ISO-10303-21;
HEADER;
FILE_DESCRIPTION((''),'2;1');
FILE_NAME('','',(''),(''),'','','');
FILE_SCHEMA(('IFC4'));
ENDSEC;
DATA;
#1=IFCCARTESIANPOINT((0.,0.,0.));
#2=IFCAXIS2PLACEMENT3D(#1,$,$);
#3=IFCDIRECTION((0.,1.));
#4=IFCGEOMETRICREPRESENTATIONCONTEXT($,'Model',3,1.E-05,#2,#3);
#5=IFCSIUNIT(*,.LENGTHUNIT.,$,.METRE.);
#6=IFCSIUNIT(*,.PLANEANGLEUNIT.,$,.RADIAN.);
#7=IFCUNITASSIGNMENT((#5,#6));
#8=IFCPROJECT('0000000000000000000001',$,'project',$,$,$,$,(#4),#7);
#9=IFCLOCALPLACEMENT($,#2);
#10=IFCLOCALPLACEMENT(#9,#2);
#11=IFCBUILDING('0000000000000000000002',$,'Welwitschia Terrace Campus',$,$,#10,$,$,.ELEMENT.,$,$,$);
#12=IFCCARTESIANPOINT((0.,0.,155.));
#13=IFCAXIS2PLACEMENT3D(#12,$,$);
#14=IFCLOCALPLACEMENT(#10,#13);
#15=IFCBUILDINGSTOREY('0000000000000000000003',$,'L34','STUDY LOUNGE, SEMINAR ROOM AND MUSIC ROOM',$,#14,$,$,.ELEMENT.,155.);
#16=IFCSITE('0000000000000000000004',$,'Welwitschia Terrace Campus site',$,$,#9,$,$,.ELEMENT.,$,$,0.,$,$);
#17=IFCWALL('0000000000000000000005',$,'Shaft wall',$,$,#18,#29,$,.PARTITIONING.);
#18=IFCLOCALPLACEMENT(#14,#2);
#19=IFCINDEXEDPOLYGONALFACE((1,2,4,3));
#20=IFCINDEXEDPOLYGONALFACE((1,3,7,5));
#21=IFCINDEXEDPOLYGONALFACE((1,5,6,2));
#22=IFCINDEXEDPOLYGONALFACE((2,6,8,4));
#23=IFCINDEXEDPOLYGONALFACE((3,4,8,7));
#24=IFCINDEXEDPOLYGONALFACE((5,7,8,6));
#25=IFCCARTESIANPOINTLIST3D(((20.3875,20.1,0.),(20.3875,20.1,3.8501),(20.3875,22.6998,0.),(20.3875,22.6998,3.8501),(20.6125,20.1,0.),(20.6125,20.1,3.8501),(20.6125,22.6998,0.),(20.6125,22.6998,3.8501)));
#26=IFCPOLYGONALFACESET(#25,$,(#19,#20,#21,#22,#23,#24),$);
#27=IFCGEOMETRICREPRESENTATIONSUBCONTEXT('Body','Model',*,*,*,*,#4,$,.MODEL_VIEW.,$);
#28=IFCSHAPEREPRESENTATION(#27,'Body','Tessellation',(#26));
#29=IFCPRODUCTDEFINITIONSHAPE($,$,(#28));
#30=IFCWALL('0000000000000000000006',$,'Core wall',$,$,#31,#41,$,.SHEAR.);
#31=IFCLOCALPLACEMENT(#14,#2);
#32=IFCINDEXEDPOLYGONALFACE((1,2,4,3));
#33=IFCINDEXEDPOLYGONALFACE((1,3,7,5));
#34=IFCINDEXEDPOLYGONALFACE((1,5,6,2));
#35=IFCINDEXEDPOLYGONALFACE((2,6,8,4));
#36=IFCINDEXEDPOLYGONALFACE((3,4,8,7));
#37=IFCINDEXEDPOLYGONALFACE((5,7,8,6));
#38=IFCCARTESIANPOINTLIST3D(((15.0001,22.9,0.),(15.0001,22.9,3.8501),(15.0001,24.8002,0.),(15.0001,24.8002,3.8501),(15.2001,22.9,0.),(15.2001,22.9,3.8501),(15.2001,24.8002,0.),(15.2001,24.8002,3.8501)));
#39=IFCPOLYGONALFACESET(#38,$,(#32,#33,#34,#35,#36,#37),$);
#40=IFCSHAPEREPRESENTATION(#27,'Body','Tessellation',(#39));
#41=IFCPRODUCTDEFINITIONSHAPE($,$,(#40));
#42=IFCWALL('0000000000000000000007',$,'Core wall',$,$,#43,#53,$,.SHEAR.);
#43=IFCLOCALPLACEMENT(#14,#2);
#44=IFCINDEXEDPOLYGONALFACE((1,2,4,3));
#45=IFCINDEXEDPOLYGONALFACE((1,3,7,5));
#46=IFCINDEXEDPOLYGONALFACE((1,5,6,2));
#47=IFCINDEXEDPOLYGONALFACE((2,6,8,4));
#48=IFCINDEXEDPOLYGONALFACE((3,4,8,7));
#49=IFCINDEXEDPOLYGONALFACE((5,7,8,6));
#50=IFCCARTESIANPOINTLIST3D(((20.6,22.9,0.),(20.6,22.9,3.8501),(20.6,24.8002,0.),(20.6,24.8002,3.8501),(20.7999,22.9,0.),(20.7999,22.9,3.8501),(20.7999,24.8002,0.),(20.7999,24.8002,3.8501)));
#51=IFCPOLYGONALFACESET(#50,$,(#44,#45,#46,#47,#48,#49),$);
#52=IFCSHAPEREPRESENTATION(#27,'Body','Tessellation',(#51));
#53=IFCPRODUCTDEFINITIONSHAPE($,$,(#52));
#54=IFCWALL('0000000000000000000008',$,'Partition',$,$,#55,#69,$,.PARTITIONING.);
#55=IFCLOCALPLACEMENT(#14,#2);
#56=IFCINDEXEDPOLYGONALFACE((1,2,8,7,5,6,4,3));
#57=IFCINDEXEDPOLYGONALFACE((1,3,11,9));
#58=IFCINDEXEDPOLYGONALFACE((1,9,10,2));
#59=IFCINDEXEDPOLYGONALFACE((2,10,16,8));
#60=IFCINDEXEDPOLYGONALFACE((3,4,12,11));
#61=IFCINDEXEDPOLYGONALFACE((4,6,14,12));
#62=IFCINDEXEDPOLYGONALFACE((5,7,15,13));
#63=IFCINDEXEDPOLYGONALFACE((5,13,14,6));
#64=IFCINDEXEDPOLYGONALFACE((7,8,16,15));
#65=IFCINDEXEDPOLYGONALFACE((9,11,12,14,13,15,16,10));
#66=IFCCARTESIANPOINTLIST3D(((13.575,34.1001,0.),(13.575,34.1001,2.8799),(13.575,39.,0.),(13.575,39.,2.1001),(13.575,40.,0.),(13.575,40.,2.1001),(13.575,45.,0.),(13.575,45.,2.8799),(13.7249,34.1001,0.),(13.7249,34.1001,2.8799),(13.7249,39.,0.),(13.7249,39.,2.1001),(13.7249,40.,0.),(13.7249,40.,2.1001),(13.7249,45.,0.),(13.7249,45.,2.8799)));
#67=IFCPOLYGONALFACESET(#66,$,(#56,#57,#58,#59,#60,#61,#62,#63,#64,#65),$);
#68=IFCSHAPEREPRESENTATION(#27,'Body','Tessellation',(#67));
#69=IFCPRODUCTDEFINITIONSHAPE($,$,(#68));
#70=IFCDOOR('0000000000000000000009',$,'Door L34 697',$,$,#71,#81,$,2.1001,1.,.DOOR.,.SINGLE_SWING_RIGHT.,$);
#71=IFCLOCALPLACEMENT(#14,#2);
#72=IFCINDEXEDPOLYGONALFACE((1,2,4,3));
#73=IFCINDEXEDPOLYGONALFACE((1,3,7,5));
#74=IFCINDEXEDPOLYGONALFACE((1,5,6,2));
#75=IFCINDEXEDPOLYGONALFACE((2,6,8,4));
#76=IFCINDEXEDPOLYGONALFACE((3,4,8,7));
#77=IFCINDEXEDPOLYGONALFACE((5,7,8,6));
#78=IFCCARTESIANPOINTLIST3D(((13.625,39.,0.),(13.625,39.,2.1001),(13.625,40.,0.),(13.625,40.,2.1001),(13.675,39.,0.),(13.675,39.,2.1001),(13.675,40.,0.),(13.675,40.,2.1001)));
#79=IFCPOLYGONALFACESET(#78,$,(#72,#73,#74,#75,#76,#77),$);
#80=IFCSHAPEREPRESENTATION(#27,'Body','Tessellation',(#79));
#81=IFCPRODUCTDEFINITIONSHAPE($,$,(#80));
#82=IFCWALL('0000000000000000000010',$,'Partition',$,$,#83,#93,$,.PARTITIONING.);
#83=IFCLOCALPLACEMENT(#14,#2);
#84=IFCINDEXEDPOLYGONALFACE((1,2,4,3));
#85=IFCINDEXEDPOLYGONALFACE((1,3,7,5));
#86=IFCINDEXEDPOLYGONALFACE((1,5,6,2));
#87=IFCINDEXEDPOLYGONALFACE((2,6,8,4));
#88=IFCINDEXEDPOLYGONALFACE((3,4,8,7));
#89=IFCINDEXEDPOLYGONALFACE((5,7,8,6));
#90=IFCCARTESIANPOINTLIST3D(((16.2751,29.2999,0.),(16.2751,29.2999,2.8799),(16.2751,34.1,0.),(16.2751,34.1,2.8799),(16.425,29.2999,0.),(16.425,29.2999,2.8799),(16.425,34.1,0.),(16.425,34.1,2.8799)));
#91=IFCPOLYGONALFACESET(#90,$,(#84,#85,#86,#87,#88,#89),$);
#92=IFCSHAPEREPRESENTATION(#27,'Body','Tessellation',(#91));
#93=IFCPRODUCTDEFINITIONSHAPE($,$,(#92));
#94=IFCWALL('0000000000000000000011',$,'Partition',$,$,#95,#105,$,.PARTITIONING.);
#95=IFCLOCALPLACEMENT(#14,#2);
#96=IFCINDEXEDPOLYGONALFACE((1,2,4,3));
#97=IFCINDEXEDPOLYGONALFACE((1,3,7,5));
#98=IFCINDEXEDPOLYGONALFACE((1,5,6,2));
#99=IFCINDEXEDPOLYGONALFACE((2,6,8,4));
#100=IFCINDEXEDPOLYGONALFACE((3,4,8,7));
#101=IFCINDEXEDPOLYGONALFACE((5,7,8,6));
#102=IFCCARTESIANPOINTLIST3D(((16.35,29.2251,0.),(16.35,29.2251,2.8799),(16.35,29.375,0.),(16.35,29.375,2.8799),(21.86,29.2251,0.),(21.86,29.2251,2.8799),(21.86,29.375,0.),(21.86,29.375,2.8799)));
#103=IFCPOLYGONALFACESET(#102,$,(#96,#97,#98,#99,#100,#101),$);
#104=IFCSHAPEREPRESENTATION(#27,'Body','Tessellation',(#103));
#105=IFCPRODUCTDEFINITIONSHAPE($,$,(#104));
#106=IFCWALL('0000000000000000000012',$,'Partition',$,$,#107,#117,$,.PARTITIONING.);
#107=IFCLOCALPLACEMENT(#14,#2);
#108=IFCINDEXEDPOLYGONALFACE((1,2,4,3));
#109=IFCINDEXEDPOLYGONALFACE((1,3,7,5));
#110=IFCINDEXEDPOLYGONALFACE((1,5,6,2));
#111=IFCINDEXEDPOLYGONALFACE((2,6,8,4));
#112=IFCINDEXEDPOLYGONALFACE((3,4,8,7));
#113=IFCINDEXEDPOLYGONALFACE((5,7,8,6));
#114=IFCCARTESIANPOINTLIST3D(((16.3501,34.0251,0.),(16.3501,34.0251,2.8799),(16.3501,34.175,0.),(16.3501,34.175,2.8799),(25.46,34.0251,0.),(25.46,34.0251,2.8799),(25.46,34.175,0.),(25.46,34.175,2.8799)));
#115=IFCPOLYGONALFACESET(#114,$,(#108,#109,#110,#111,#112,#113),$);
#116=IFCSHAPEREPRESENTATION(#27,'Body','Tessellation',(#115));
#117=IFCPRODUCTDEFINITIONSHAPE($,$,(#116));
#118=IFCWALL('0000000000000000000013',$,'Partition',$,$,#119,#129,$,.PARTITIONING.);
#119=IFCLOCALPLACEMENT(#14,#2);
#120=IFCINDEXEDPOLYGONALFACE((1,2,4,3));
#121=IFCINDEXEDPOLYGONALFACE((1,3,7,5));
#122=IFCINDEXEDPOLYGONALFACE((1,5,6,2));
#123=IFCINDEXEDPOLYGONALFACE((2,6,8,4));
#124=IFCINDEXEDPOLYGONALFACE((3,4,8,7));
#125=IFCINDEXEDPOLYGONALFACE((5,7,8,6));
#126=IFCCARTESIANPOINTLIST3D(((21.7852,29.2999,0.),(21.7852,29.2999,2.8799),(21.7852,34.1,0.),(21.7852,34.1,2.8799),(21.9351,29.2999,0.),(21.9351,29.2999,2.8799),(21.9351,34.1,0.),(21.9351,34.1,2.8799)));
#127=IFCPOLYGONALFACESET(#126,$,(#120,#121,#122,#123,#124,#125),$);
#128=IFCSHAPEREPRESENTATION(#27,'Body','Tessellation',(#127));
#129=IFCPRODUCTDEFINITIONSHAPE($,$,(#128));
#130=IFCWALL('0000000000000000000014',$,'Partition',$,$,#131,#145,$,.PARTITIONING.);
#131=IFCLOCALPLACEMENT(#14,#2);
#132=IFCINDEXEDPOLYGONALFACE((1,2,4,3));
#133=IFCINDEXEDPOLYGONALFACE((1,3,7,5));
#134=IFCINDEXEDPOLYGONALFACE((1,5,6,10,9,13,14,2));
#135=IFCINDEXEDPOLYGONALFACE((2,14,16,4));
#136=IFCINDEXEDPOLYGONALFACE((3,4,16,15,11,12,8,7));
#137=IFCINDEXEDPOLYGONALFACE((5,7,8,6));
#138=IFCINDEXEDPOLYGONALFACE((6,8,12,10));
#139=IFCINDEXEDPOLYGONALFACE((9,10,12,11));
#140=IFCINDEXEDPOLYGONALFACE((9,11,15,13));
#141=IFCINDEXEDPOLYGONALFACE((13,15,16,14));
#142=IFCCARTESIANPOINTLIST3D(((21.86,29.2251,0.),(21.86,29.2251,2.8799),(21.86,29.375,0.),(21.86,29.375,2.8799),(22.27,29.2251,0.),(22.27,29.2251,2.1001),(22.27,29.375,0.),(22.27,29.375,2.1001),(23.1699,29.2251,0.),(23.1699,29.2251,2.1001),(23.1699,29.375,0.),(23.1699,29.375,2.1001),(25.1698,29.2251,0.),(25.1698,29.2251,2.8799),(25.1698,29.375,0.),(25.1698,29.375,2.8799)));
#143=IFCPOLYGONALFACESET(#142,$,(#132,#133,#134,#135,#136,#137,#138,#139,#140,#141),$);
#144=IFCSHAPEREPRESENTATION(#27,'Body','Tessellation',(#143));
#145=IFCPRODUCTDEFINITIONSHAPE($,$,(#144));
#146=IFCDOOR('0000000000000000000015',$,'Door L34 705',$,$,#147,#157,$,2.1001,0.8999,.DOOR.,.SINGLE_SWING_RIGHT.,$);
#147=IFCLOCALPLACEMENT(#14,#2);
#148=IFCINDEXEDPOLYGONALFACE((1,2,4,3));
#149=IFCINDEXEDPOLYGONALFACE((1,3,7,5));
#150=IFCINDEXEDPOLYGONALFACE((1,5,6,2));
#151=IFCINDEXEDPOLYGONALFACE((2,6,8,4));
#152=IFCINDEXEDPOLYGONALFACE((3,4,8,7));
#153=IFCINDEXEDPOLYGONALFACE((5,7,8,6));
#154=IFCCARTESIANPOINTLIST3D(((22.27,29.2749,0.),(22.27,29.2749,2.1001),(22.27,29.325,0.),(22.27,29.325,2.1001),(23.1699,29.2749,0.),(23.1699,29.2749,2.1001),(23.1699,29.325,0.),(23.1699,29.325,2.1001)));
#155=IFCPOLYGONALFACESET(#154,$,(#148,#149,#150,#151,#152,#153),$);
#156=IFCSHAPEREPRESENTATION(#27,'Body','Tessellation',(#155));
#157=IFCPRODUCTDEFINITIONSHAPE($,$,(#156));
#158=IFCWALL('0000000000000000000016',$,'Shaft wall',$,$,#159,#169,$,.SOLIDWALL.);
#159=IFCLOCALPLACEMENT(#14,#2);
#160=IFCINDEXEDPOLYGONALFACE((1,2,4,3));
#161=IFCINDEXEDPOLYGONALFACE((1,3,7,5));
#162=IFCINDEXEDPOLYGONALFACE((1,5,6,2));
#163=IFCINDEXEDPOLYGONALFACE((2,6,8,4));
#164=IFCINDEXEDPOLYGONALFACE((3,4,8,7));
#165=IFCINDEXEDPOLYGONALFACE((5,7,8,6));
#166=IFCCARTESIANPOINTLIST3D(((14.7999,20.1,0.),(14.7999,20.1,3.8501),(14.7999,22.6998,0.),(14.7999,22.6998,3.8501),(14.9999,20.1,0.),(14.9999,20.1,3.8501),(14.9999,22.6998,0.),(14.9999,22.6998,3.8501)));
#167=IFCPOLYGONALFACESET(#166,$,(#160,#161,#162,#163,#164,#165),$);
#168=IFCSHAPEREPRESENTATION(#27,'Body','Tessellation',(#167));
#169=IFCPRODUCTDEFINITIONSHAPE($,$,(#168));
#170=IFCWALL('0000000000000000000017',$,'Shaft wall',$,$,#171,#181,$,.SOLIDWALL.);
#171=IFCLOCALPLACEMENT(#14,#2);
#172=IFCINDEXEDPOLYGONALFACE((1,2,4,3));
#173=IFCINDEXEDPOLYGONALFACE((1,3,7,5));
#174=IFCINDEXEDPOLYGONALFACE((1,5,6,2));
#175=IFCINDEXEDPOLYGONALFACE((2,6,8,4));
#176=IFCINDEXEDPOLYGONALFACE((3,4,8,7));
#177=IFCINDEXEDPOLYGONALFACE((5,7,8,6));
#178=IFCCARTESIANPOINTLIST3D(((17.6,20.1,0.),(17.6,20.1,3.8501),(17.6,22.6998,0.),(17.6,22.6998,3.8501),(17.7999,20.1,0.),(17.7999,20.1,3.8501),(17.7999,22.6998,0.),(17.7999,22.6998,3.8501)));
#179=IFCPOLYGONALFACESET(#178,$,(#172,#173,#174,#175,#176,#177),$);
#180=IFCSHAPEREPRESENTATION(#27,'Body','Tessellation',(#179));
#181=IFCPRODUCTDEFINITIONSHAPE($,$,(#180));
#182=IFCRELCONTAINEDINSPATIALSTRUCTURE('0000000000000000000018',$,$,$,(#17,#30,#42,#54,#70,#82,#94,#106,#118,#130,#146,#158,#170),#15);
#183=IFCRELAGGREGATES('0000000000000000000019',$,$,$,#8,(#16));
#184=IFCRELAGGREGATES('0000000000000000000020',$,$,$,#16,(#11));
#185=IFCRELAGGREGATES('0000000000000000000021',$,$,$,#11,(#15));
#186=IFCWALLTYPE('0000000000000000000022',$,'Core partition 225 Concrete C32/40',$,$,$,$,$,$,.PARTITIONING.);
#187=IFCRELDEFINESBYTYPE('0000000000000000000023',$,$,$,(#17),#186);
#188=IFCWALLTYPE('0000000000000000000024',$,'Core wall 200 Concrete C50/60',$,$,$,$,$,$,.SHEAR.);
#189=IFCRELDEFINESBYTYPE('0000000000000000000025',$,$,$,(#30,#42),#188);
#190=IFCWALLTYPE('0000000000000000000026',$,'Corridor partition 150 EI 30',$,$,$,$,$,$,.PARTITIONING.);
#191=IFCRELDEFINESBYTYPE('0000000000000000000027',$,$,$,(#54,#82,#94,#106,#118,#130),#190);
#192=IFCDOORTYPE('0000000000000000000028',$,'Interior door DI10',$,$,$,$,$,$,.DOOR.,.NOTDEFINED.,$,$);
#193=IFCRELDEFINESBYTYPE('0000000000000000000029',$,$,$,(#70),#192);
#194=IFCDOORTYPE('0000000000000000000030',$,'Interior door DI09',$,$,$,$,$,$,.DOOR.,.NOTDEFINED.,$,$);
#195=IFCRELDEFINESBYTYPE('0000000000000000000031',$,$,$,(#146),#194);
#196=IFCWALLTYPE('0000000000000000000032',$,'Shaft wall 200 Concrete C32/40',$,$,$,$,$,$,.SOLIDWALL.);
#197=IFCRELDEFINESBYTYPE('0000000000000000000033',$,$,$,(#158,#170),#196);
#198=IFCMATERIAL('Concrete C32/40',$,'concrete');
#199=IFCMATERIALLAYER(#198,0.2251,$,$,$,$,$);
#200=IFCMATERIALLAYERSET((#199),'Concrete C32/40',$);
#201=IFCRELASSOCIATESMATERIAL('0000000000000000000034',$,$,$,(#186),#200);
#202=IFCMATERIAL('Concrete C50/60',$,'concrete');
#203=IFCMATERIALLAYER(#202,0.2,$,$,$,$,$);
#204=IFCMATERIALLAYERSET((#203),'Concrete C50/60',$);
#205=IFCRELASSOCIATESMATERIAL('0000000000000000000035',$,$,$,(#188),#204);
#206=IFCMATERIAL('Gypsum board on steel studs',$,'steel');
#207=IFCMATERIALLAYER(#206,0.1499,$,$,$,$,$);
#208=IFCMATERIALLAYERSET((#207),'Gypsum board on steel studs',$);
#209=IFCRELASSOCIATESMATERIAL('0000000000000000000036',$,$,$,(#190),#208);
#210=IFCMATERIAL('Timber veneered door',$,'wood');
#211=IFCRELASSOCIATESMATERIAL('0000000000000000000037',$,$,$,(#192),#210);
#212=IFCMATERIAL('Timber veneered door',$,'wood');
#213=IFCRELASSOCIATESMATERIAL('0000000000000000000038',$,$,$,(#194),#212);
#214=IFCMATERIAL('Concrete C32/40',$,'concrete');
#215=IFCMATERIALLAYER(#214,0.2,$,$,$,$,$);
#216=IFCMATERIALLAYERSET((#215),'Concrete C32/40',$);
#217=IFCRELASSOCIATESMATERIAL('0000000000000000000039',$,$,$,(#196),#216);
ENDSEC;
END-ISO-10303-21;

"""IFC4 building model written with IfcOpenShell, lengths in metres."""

from ifc_helpers import new_model, si_unit, direction, frame, frame_2d, origin, place, context, subcontext, project, spatial, rectangle, extrude, material, layer, layer_set, type_object, element, fill, save


model = new_model("IFC4")

# Units and contexts
model_context = context("Model", 3, precision=1e-05, world=origin(), true_north=direction((0.0, 1.0)))
body_context = subcontext(model_context, "Body", "Model", "MODEL_VIEW")
ifc_project = project(units=[si_unit("LENGTHUNIT", "METRE"), si_unit("PLANEANGLEUNIT", "RADIAN")], contexts=[model_context])

# Site, building, storey
site_placement = place(None, origin())
site = spatial("IfcSite", under=ifc_project, at=site_placement, Name="Welwitschia Terrace Campus site", CompositionType="ELEMENT", RefElevation=0.0)
building_placement = place(site_placement, origin())
building = spatial("IfcBuilding", under=site, at=building_placement, Name="Welwitschia Terrace Campus", CompositionType="ELEMENT")
storey_placement = place(building_placement, frame((0.0, 0.0, 155.0)))
storey = spatial("IfcBuildingStorey", under=building, at=storey_placement, Name="L34", Description="STUDY LOUNGE, SEMINAR ROOM AND MUSIC ROOM", CompositionType="ELEMENT", Elevation=155.0)

# Shared definitions
ifc_material_1 = material(Name="Concrete C32/40", Category="concrete")
ifc_layer_1 = layer(ifc_material_1, 0.2251)
ifc_layer_set_1 = layer_set([ifc_layer_1], Name="Concrete C32/40")
wall_type_1 = type_object("IfcWallType", Name="Core partition 225 Concrete C32/40", PredefinedType="PARTITIONING", material=ifc_layer_set_1)

# Walls
wall_1_placement = place(storey_placement, frame((20.5, 20.1001, 0.0), z_axis=(0.0, 0.0, 1.0), x_axis=(0.0, 1.0, 0.0)))
element("IfcWall", 1, at=wall_1_placement, inside=storey, type_object=wall_type_1, Name="Shaft wall", PredefinedType="PARTITIONING", context=body_context, shape_type="SweptSolid", body=[
    extrude(rectangle(XDim=2.5999, YDim=0.2251, at=frame_2d((1.2998, 0.0))), origin(), (0.0, 0.0, 1.0), 3.8501),
])
ifc_material_2 = material(Name="Concrete C50/60", Category="concrete")
ifc_layer_2 = layer(ifc_material_2, 0.2)
ifc_layer_set_2 = layer_set([ifc_layer_2], Name="Concrete C50/60")
wall_type_2 = type_object("IfcWallType", Name="Core wall 200 Concrete C50/60", PredefinedType="SHEAR", material=ifc_layer_set_2)
for number, where, z_axis, x_axis, name in (
    (2, (15.1001, 22.8999, 0.0), (0.0, 0.0, 1.0), (0.0, 1.0, 0.0), "Core wall"),
    (3, (20.7, 22.8999, 0.0), (0.0, 0.0, 1.0), (0.0, 1.0, 0.0), "Core wall"),
):
    element("IfcWall", number, at=place(storey_placement, frame(where, z_axis=z_axis, x_axis=x_axis)), inside=storey, type_object=wall_type_2, Name=name, PredefinedType="SHEAR", context=body_context, shape_type="SweptSolid", body=[
        extrude(rectangle(XDim=1.9001, YDim=0.2, at=frame_2d((0.9502, 0.0))), origin(), (0.0, 0.0, 1.0), 3.8501),
    ])

# Wall, opening, door
ifc_material_3 = material(Name="Gypsum board on steel studs", Category="steel")
ifc_layer_3 = layer(ifc_material_3, 0.1499)
ifc_layer_set_3 = layer_set([ifc_layer_3], Name="Gypsum board on steel studs")
wall_type_3 = type_object("IfcWallType", Name="Corridor partition 150 EI 30", PredefinedType="PARTITIONING", material=ifc_layer_set_3)
wall_2_placement = place(storey_placement, frame((13.6499, 34.1001, 0.0), z_axis=(0.0, 0.0, 1.0), x_axis=(0.0, 1.0, 0.0)))
wall_2 = element("IfcWall", 4, at=wall_2_placement, inside=storey, type_object=wall_type_3, Name="Partition", PredefinedType="PARTITIONING", context=body_context, shape_type="SweptSolid", body=[
    extrude(rectangle(XDim=10.8999, YDim=0.1499, at=frame_2d((5.45, 0.0))), origin(), (0.0, 0.0, 1.0), 2.8799),
])
opening_1_placement = place(wall_2_placement, frame((4.8999, 0.0, 0.0)))
opening_1 = element("IfcOpeningElement", 5, at=opening_1_placement, cuts=wall_2, PredefinedType="OPENING", context=body_context, shape_type="SweptSolid", body=[
    extrude(rectangle(XDim=1.0, YDim=2.1001, at=frame_2d((0.5, 1.05))), frame((0.0, 0.085, 0.0), z_axis=(0.0, -1.0, 0.0), x_axis=(1.0, 0.0, 0.0)), (0.0, 0.0, 1.0), 0.1699),
])
ifc_material_4 = material(Name="Timber veneered door", Category="wood")
door_type_1 = type_object("IfcDoorType", Name="Interior door DI10", OperationType="NOTDEFINED", PredefinedType="DOOR", material=ifc_material_4)
door_1_placement = place(opening_1_placement, origin())
door_1 = element("IfcDoor", 6, at=door_1_placement, inside=storey, type_object=door_type_1, Name="Door L34 697", OperationType="SINGLE_SWING_RIGHT", OverallHeight=2.1001, OverallWidth=1.0, PredefinedType="DOOR", context=body_context, shape_type="SweptSolid", body=[
    extrude(rectangle(XDim=1.0, YDim=2.1001, at=frame_2d((0.5, 1.05))), frame((0.0, 0.0249, 0.0), z_axis=(0.0, -1.0, 0.0), x_axis=(1.0, 0.0, 0.0)), (0.0, 0.0, 1.0), 0.05),
])
fill(opening_1, door_1)

# Walls
wall_3_placement = place(storey_placement, frame((16.3501, 29.3, 0.0), z_axis=(0.0, 0.0, 1.0), x_axis=(0.0, 1.0, 0.0)))
element("IfcWall", 7, at=wall_3_placement, inside=storey, type_object=wall_type_3, Name="Partition", PredefinedType="PARTITIONING", context=body_context, shape_type="SweptSolid", body=[
    extrude(rectangle(XDim=4.8, YDim=0.1499, at=frame_2d((2.3999, 0.0))), origin(), (0.0, 0.0, 1.0), 2.8799),
])
wall_4_placement = place(storey_placement, frame((16.3501, 29.3, 0.0), z_axis=(0.0, 0.0, 1.0), x_axis=(1.0, 0.0, 0.0)))
element("IfcWall", 8, at=wall_4_placement, inside=storey, type_object=wall_type_3, Name="Partition", PredefinedType="PARTITIONING", context=body_context, shape_type="SweptSolid", body=[
    extrude(rectangle(XDim=5.51, YDim=0.1499, at=frame_2d((2.7549, 0.0))), origin(), (0.0, 0.0, 1.0), 2.8799),
])
wall_5_placement = place(storey_placement, frame((16.3501, 34.1001, 0.0), z_axis=(0.0, 0.0, 1.0), x_axis=(1.0, 0.0, 0.0)))
element("IfcWall", 9, at=wall_5_placement, inside=storey, type_object=wall_type_3, Name="Partition", PredefinedType="PARTITIONING", context=body_context, shape_type="SweptSolid", body=[
    extrude(rectangle(XDim=9.1099, YDim=0.1499, at=frame_2d((4.5549, 0.0))), origin(), (0.0, 0.0, 1.0), 2.8799),
])
wall_6_placement = place(storey_placement, frame((21.8601, 29.3, 0.0), z_axis=(0.0, 0.0, 1.0), x_axis=(0.0, 1.0, 0.0)))
element("IfcWall", 10, at=wall_6_placement, inside=storey, type_object=wall_type_3, Name="Partition", PredefinedType="PARTITIONING", context=body_context, shape_type="SweptSolid", body=[
    extrude(rectangle(XDim=4.8, YDim=0.1499, at=frame_2d((2.3999, 0.0))), origin(), (0.0, 0.0, 1.0), 2.8799),
])

# Wall, opening, door
wall_7_placement = place(storey_placement, frame((21.8601, 29.3, 0.0), z_axis=(0.0, 0.0, 1.0), x_axis=(1.0, 0.0, 0.0)))
wall_7 = element("IfcWall", 11, at=wall_7_placement, inside=storey, type_object=wall_type_3, Name="Partition", PredefinedType="PARTITIONING", context=body_context, shape_type="SweptSolid", body=[
    extrude(rectangle(XDim=3.3098, YDim=0.1499, at=frame_2d((1.6548, 0.0))), origin(), (0.0, 0.0, 1.0), 2.8799),
])
opening_2_placement = place(wall_7_placement, frame((0.4099, 0.0, 0.0)))
opening_2 = element("IfcOpeningElement", 12, at=opening_2_placement, cuts=wall_7, PredefinedType="OPENING", context=body_context, shape_type="SweptSolid", body=[
    extrude(rectangle(XDim=0.8999, YDim=2.1001, at=frame_2d((0.45, 1.05))), frame((0.0, 0.085, 0.0), z_axis=(0.0, -1.0, 0.0), x_axis=(1.0, 0.0, 0.0)), (0.0, 0.0, 1.0), 0.1699),
])
ifc_material_5 = material(Name="Timber veneered door", Category="wood")
door_type_2 = type_object("IfcDoorType", Name="Interior door DI09", OperationType="NOTDEFINED", PredefinedType="DOOR", material=ifc_material_5)
door_2_placement = place(opening_2_placement, origin())
door_2 = element("IfcDoor", 13, at=door_2_placement, inside=storey, type_object=door_type_2, Name="Door L34 705", OperationType="SINGLE_SWING_RIGHT", OverallHeight=2.1001, OverallWidth=0.8999, PredefinedType="DOOR", context=body_context, shape_type="SweptSolid", body=[
    extrude(rectangle(XDim=0.8999, YDim=2.1001, at=frame_2d((0.45, 1.05))), frame((0.0, 0.0249, 0.0), z_axis=(0.0, -1.0, 0.0), x_axis=(1.0, 0.0, 0.0)), (0.0, 0.0, 1.0), 0.05),
])
fill(opening_2, door_2)

# Walls
ifc_material_6 = material(Name="Concrete C32/40", Category="concrete")
ifc_layer_4 = layer(ifc_material_6, 0.2)
ifc_layer_set_4 = layer_set([ifc_layer_4], Name="Concrete C32/40")
wall_type_4 = type_object("IfcWallType", Name="Shaft wall 200 Concrete C32/40", PredefinedType="SOLIDWALL", material=ifc_layer_set_4)
for number, where, z_axis, x_axis, name in (
    (14, (14.8999, 20.1001, 0.0), (0.0, 0.0, 1.0), (0.0, 1.0, 0.0), "Shaft wall"),
    (15, (17.7, 20.1001, 0.0), (0.0, 0.0, 1.0), (0.0, 1.0, 0.0), "Shaft wall"),
):
    element("IfcWall", number, at=place(storey_placement, frame(where, z_axis=z_axis, x_axis=x_axis)), inside=storey, type_object=wall_type_4, Name=name, PredefinedType="SOLIDWALL", context=body_context, shape_type="SweptSolid", body=[
        extrude(rectangle(XDim=2.5999, YDim=0.2, at=frame_2d((1.2998, 0.0))), origin(), (0.0, 0.0, 1.0), 3.8501),
    ])

save(model, "model.ifc")
